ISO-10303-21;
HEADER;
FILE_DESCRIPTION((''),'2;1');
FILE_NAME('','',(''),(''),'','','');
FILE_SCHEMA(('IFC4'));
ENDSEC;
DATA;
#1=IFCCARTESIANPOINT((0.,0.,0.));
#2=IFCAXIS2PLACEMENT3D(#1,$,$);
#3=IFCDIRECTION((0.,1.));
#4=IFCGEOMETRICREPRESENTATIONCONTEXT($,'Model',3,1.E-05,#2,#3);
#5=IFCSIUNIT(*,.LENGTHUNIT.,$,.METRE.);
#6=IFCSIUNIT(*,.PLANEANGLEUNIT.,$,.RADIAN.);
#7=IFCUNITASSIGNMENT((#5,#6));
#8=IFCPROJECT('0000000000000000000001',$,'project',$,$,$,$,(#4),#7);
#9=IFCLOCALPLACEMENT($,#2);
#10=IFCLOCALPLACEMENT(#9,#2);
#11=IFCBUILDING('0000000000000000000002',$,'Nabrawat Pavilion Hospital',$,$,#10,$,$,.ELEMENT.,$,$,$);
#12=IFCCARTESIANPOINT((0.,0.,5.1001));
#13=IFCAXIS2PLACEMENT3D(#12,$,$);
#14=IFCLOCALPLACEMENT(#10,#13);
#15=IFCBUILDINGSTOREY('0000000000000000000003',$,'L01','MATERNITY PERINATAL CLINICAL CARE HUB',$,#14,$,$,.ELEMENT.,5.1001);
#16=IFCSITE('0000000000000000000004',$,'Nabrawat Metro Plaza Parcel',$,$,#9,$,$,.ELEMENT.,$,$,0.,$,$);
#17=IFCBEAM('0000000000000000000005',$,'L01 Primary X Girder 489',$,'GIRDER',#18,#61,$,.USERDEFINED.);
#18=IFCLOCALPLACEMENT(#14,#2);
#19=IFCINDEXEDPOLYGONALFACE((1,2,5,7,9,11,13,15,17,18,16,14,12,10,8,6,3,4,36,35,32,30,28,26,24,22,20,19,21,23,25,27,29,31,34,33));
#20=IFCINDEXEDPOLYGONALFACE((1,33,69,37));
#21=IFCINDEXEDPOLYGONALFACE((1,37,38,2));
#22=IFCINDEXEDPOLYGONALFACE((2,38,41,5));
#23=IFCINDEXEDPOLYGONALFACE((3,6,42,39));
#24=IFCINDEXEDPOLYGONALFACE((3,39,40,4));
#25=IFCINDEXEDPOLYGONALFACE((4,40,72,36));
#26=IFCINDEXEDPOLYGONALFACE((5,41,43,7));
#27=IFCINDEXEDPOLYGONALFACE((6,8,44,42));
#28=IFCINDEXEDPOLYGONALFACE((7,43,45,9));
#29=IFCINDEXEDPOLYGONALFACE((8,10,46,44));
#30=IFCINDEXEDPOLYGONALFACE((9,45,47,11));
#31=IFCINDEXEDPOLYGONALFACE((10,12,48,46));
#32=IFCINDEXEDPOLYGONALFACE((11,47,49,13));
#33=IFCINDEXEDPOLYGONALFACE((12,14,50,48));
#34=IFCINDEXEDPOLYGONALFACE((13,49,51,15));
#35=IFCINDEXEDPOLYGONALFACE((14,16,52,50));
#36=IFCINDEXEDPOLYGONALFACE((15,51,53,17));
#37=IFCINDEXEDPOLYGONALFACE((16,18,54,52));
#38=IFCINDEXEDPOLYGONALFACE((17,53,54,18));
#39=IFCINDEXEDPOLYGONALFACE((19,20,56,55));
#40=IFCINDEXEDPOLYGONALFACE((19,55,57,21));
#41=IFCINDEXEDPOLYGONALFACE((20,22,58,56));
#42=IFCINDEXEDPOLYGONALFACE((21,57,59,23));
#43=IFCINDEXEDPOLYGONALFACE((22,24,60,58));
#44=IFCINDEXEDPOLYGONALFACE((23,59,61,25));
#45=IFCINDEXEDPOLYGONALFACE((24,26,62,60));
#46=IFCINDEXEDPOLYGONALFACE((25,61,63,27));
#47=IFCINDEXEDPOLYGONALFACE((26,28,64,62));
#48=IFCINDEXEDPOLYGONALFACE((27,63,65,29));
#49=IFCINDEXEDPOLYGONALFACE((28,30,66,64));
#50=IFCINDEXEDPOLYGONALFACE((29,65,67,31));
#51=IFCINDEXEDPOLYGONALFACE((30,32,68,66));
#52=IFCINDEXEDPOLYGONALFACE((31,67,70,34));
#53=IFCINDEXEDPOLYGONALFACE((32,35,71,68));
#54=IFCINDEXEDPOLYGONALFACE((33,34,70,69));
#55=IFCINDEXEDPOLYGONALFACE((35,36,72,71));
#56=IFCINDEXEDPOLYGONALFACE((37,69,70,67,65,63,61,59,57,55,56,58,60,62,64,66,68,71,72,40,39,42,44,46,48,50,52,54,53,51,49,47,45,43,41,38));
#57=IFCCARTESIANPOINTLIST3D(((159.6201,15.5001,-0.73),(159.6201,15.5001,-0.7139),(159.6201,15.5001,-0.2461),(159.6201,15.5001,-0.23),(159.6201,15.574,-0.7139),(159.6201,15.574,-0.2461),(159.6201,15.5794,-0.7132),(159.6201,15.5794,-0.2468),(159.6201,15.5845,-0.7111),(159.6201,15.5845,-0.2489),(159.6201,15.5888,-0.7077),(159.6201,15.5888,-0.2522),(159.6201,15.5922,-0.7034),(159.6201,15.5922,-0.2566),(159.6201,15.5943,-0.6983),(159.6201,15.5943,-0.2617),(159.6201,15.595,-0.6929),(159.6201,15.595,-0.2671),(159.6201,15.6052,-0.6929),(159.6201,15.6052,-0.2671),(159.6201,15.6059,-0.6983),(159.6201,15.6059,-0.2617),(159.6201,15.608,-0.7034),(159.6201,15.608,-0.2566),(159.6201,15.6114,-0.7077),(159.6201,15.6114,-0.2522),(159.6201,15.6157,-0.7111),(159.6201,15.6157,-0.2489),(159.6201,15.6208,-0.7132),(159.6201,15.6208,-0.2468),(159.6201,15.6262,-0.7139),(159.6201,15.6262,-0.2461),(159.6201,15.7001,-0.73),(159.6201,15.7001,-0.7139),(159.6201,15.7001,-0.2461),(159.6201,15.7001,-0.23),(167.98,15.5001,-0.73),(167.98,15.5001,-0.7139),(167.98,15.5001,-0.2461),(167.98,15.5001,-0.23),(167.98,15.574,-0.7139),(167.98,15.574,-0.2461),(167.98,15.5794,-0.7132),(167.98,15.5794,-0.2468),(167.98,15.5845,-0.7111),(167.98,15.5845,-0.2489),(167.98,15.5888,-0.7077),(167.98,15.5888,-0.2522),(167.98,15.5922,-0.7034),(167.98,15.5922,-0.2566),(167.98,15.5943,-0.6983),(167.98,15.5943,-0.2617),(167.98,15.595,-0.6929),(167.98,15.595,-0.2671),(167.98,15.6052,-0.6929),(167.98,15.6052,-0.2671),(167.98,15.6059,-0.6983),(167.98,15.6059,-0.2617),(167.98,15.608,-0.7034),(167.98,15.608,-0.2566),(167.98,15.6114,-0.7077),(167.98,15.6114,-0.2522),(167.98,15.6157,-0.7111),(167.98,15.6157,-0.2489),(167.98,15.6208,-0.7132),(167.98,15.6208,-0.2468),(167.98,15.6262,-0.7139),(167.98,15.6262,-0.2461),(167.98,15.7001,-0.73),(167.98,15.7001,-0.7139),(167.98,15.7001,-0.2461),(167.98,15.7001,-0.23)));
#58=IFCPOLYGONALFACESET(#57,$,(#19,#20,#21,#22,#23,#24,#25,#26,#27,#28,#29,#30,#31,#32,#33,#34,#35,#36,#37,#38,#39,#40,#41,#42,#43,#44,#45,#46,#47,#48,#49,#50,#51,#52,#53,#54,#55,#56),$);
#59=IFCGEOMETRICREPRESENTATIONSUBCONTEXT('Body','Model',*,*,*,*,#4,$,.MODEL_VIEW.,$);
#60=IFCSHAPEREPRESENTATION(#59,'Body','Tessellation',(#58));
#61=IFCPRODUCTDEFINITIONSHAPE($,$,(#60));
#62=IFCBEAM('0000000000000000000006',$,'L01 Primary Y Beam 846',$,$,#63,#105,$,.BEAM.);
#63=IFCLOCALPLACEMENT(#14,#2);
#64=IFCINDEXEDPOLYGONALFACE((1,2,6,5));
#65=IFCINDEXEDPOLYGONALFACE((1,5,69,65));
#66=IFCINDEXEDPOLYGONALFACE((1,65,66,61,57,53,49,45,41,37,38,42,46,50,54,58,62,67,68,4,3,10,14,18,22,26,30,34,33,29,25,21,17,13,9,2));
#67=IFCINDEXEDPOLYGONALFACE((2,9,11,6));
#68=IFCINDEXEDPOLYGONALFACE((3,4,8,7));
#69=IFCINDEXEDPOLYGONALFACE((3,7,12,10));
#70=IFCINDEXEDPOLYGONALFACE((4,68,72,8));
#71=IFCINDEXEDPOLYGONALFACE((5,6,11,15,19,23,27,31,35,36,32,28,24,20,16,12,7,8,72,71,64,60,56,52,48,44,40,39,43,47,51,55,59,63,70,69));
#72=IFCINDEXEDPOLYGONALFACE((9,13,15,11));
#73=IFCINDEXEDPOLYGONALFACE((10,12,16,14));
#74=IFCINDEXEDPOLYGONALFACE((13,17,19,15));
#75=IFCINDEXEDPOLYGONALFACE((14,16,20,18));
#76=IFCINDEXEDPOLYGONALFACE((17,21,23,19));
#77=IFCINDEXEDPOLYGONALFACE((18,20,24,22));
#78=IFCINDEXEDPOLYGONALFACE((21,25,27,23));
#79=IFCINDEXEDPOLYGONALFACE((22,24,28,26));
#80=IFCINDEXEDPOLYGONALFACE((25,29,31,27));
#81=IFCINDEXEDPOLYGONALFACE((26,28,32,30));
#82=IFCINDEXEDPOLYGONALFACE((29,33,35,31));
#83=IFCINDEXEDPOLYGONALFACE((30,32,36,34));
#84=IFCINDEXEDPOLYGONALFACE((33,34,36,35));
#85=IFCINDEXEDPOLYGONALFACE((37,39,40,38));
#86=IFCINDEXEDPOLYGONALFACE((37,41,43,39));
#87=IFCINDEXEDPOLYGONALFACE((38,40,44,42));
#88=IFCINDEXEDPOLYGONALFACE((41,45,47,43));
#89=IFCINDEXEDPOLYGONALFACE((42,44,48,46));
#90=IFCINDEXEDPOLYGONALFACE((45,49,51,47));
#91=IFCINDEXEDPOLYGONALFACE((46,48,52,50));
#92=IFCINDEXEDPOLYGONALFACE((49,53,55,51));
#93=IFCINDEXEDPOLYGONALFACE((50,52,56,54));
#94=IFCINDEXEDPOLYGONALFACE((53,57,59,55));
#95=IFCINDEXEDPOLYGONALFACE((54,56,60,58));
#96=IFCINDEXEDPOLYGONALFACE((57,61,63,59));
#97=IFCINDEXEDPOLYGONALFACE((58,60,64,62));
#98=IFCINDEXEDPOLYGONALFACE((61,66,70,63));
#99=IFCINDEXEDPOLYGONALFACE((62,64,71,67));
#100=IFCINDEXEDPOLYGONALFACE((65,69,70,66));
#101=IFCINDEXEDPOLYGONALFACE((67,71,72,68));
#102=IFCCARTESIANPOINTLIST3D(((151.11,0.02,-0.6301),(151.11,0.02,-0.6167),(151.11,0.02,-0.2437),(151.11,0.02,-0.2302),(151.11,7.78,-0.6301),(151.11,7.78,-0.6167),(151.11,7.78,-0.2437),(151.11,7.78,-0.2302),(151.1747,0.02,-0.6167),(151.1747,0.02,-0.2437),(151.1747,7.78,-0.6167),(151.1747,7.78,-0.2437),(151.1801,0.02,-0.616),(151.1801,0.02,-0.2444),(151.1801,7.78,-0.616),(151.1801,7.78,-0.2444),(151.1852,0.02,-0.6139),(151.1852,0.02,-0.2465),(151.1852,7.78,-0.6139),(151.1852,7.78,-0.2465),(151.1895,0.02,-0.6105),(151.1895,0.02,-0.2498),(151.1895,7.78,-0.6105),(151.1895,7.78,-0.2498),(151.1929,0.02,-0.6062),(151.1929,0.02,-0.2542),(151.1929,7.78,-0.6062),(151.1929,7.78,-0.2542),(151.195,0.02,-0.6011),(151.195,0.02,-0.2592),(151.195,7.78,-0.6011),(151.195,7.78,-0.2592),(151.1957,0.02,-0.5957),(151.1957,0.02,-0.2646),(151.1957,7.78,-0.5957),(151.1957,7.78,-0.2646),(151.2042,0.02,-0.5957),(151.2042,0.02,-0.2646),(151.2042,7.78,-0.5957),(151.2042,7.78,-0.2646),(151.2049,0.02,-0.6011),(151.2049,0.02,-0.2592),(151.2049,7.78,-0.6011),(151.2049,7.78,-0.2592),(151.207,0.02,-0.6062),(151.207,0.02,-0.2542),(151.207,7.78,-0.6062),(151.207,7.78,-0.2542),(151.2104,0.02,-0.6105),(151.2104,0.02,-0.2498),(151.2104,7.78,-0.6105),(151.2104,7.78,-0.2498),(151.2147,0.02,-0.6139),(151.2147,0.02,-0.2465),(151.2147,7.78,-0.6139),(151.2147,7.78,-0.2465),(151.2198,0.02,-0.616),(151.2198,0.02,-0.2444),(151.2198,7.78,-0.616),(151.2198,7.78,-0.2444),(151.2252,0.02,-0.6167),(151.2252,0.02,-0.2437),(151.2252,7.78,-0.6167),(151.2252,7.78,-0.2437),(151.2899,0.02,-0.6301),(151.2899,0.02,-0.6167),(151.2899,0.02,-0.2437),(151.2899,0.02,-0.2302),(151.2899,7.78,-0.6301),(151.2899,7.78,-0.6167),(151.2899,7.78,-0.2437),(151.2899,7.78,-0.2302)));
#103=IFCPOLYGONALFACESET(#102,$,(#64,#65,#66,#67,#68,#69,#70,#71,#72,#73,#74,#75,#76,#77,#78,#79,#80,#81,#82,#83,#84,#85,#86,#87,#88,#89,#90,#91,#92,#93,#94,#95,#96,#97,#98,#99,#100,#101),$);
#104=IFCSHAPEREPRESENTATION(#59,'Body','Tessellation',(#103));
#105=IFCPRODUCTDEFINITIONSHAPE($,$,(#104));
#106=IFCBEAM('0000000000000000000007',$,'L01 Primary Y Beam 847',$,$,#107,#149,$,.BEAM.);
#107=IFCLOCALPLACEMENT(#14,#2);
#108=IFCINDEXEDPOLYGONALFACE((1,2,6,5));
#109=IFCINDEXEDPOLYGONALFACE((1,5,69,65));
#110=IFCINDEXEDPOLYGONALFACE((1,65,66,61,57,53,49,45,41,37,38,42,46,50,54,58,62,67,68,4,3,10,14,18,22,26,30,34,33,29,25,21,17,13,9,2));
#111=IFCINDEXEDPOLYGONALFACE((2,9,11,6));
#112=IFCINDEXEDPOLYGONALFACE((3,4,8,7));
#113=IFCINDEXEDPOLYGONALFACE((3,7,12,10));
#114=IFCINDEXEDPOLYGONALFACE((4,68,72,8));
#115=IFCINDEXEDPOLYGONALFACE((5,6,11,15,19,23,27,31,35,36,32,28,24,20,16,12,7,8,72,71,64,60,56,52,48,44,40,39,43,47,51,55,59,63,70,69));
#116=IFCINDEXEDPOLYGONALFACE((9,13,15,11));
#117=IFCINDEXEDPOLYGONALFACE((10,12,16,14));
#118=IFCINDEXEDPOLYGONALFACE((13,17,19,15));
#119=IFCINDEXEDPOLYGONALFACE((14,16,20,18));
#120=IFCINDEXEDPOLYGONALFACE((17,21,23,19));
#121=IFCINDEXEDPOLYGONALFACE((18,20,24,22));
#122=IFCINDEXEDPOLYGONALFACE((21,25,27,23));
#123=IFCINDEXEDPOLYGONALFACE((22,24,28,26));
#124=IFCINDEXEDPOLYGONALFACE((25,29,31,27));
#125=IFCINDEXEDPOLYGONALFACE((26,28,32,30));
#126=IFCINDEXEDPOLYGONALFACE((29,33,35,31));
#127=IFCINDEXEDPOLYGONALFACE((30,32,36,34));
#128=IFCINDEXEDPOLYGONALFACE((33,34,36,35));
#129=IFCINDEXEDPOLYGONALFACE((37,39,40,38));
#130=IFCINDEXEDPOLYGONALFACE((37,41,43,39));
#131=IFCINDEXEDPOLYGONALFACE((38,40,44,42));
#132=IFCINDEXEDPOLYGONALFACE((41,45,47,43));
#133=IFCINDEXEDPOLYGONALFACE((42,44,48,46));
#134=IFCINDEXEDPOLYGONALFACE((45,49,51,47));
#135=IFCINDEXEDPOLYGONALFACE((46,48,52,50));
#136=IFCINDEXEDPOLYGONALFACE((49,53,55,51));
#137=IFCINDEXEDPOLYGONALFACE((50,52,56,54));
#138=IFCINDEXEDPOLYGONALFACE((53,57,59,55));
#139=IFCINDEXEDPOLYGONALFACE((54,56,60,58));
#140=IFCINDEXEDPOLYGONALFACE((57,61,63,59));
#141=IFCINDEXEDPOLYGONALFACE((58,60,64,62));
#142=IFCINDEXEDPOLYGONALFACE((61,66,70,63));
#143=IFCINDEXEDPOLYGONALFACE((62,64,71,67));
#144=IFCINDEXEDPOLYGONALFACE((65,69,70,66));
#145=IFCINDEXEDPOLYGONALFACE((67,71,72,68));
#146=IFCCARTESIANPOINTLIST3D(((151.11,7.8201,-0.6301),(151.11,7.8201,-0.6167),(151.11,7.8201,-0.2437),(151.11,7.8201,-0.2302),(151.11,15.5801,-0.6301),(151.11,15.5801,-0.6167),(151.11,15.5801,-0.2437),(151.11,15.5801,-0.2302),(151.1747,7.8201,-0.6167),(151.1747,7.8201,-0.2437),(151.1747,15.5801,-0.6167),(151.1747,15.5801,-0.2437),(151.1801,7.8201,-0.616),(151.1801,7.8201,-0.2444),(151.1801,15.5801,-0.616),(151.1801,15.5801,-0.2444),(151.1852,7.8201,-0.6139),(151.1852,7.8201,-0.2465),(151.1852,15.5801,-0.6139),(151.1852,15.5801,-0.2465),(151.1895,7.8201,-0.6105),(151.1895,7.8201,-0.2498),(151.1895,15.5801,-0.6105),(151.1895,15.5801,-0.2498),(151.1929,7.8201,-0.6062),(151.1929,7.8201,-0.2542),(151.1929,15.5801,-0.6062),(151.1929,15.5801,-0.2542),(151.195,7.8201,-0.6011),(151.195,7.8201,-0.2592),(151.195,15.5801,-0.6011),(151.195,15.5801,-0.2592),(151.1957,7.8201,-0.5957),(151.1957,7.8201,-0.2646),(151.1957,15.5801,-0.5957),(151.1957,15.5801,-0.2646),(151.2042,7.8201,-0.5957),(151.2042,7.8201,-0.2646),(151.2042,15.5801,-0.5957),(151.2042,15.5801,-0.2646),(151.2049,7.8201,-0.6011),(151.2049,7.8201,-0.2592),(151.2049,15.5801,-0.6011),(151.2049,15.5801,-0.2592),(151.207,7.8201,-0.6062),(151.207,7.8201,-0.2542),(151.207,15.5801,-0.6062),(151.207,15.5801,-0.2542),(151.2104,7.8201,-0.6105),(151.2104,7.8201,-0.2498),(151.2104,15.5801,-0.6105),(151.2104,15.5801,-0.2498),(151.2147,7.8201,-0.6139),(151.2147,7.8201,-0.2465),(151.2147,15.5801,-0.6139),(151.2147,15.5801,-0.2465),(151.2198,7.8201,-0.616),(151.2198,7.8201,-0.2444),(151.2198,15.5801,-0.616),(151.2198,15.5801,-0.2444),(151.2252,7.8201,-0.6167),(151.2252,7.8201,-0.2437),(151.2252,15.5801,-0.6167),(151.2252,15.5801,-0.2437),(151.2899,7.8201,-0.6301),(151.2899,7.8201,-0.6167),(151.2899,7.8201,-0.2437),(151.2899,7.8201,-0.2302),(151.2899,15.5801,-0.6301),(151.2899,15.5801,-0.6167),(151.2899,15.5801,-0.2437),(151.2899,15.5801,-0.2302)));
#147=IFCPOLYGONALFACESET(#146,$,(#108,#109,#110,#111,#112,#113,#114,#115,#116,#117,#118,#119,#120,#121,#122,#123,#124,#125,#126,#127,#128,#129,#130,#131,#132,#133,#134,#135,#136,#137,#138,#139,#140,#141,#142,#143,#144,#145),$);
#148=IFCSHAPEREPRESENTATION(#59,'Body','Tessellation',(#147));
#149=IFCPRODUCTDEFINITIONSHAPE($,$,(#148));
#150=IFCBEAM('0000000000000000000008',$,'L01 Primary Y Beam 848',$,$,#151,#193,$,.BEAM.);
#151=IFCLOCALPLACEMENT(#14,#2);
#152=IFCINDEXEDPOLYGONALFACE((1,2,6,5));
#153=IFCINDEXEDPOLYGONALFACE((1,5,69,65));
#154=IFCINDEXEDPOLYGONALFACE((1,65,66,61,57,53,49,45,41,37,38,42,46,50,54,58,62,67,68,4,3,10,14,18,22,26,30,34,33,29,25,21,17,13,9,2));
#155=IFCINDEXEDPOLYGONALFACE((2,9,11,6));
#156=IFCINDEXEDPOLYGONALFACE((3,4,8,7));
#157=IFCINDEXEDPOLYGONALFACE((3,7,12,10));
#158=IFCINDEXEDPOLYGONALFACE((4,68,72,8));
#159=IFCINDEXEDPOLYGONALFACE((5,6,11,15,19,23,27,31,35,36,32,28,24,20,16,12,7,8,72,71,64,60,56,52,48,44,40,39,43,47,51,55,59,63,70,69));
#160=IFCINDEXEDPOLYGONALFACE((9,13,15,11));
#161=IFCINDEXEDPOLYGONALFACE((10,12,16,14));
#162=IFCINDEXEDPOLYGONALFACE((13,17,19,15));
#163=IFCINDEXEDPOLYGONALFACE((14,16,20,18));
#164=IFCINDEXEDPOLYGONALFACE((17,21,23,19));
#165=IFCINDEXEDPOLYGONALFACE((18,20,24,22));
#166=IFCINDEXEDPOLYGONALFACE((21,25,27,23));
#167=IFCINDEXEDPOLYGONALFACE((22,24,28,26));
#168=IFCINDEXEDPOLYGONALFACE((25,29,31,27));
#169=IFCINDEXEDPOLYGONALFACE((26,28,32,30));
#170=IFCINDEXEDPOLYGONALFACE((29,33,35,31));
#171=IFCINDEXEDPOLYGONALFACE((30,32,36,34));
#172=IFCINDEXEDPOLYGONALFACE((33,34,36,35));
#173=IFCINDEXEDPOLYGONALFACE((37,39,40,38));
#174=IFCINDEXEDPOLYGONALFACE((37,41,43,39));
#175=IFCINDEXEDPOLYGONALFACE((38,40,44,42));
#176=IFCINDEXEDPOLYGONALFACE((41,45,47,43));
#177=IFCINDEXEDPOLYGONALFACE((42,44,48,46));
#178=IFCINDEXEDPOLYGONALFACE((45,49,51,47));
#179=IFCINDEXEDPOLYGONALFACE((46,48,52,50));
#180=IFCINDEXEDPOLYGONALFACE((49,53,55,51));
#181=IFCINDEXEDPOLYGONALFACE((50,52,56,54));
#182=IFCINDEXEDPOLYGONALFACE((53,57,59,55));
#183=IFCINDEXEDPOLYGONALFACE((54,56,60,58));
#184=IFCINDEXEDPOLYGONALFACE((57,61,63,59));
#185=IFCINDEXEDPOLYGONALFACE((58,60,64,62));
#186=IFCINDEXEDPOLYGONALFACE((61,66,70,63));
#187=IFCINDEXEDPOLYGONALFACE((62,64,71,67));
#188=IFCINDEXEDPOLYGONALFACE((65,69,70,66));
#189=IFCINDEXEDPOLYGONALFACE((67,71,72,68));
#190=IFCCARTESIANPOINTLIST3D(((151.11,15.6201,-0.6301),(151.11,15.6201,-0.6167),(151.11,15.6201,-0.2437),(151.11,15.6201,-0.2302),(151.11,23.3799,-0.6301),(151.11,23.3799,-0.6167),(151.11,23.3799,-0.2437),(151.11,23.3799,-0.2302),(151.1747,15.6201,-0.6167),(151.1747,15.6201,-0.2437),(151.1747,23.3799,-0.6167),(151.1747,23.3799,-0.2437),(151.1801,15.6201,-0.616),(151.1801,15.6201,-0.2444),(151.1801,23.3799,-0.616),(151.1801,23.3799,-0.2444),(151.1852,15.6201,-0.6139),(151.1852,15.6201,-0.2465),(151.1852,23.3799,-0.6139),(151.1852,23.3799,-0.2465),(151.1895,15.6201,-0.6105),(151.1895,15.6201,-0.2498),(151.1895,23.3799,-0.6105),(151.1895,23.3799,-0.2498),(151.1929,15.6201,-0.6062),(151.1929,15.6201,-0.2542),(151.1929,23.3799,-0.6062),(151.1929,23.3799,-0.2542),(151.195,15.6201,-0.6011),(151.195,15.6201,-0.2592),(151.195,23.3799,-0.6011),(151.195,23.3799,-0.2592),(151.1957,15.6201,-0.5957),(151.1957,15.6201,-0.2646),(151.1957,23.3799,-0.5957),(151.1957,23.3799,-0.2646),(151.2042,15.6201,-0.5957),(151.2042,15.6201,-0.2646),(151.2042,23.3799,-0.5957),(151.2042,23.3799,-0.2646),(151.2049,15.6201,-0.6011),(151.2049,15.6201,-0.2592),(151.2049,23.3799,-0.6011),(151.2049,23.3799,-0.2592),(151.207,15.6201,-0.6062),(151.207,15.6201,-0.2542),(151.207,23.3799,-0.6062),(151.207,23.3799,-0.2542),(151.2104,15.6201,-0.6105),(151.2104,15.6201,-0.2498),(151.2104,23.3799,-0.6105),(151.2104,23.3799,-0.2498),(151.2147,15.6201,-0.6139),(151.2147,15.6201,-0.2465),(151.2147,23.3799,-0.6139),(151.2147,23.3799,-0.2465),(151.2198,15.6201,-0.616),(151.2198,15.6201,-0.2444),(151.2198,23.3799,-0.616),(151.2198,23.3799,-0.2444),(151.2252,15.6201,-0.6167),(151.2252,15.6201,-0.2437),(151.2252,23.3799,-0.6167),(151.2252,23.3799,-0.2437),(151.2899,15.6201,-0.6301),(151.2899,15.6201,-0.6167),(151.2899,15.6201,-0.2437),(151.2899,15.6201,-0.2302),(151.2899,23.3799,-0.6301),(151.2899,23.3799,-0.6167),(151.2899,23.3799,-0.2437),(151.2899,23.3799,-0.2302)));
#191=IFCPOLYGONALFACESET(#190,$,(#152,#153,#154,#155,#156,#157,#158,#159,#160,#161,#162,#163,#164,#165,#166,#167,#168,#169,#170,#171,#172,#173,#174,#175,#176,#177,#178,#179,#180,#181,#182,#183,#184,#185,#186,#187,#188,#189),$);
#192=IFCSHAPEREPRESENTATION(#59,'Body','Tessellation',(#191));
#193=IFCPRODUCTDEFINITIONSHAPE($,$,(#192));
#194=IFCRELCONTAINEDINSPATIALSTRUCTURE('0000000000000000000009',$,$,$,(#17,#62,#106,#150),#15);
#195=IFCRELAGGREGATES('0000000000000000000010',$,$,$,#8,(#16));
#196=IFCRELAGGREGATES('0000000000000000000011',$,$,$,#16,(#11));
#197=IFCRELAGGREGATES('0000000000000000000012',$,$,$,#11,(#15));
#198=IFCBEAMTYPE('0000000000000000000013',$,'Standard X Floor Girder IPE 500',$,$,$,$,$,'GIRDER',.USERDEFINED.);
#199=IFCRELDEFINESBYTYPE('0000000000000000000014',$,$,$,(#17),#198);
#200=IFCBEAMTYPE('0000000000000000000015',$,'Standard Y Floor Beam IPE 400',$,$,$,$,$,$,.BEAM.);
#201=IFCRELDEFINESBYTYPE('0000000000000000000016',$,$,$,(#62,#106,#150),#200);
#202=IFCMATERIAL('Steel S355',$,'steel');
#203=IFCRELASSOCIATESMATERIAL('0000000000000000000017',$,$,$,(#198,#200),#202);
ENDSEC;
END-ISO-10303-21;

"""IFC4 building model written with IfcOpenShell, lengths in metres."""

from ifc_helpers import new_model, si_unit, direction, frame, origin, origin_2d, place, context, subcontext, project, spatial, i_section, extrude, material, material_profile, profile_set, type_object, element, save


model = new_model("IFC4")

# Units and contexts
model_context = context("Model", 3, precision=1e-05, world=origin(), true_north=direction((0.0, 1.0)))
body_context = subcontext(model_context, "Body", "Model", "MODEL_VIEW")
ifc_project = project(units=[si_unit("LENGTHUNIT", "METRE"), si_unit("PLANEANGLEUNIT", "RADIAN")], contexts=[model_context])

# Site, building, storey
site_placement = place(None, origin())
site = spatial("IfcSite", under=ifc_project, at=site_placement, Name="Nabrawat Metro Plaza Parcel", CompositionType="ELEMENT", RefElevation=0.0)
building_placement = place(site_placement, origin())
building = spatial("IfcBuilding", under=site, at=building_placement, Name="Nabrawat Pavilion Hospital", CompositionType="ELEMENT")
storey_placement = place(building_placement, frame((0.0, 0.0, 5.1001)))
storey = spatial("IfcBuildingStorey", under=building, at=storey_placement, Name="L01", Description="MATERNITY PERINATAL CLINICAL CARE HUB", CompositionType="ELEMENT", Elevation=5.1001)

# Shared definitions
ifc_material_1 = material(Name="Steel S355", Category="steel")

# Beams
ifc_material_profile_1 = material_profile(ifc_material_1, i_section(OverallWidth=0.2, OverallDepth=0.5, WebThickness=0.0103, FlangeThickness=0.0161, FilletRadius=0.021, at=origin_2d()), Name="IPE 500")
ifc_profile_set_1 = profile_set([ifc_material_profile_1], Name="Steel S355")
beam_type_1 = type_object("IfcBeamType", Name="Standard X Floor Girder IPE 500", ElementType="GIRDER", PredefinedType="USERDEFINED", material=ifc_profile_set_1)
beam_1_placement = place(storey_placement, frame((159.6201, 15.6001, -0.48), z_axis=(1.0, 0.0, 0.0), x_axis=(0.0, 1.0, 0.0)))
element("IfcBeam", 1, at=beam_1_placement, inside=storey, type_object=beam_type_1, Name="L01 Primary X Girder 489", ObjectType="GIRDER", PredefinedType="USERDEFINED", context=body_context, shape_type="SweptSolid", body=[
    extrude(i_section(OverallWidth=0.2, OverallDepth=0.5, WebThickness=0.0103, FlangeThickness=0.0161, FilletRadius=0.021, at=origin_2d()), origin(), (0.0, 0.0, 1.0), 8.3599),
])
ifc_material_profile_2 = material_profile(ifc_material_1, i_section(OverallWidth=0.1799, OverallDepth=0.3999, WebThickness=0.0085, FlangeThickness=0.0134, FilletRadius=0.021, at=origin_2d()), Name="IPE 400")
ifc_profile_set_2 = profile_set([ifc_material_profile_2], Name="Steel S355")
beam_type_2 = type_object("IfcBeamType", Name="Standard Y Floor Beam IPE 400", PredefinedType="BEAM", material=ifc_profile_set_2)
for number, where, z_axis, x_axis, name in (
    (2, (151.2, 0.02, -0.4302), (0.0, 1.0, 0.0), (-1.0, 0.0, 0.0), "L01 Primary Y Beam 846"),
    (3, (151.2, 7.8201, -0.4302), (0.0, 1.0, 0.0), (-1.0, 0.0, 0.0), "L01 Primary Y Beam 847"),
):
    element("IfcBeam", number, at=place(storey_placement, frame(where, z_axis=z_axis, x_axis=x_axis)), inside=storey, type_object=beam_type_2, Name=name, PredefinedType="BEAM", context=body_context, shape_type="SweptSolid", body=[
        extrude(i_section(OverallWidth=0.1799, OverallDepth=0.3999, WebThickness=0.0085, FlangeThickness=0.0134, FilletRadius=0.021, at=origin_2d()), origin(), (0.0, 0.0, 1.0), 7.76),
    ])
beam_2_placement = place(storey_placement, frame((151.2, 15.6201, -0.4302), z_axis=(0.0, 1.0, 0.0), x_axis=(-1.0, 0.0, 0.0)))
element("IfcBeam", 4, at=beam_2_placement, inside=storey, type_object=beam_type_2, Name="L01 Primary Y Beam 848", PredefinedType="BEAM", context=body_context, shape_type="SweptSolid", body=[
    extrude(i_section(OverallWidth=0.1799, OverallDepth=0.3999, WebThickness=0.0085, FlangeThickness=0.0134, FilletRadius=0.021, at=origin_2d()), origin(), (0.0, 0.0, 1.0), 7.7598),
])

save(model, "model.ifc")
